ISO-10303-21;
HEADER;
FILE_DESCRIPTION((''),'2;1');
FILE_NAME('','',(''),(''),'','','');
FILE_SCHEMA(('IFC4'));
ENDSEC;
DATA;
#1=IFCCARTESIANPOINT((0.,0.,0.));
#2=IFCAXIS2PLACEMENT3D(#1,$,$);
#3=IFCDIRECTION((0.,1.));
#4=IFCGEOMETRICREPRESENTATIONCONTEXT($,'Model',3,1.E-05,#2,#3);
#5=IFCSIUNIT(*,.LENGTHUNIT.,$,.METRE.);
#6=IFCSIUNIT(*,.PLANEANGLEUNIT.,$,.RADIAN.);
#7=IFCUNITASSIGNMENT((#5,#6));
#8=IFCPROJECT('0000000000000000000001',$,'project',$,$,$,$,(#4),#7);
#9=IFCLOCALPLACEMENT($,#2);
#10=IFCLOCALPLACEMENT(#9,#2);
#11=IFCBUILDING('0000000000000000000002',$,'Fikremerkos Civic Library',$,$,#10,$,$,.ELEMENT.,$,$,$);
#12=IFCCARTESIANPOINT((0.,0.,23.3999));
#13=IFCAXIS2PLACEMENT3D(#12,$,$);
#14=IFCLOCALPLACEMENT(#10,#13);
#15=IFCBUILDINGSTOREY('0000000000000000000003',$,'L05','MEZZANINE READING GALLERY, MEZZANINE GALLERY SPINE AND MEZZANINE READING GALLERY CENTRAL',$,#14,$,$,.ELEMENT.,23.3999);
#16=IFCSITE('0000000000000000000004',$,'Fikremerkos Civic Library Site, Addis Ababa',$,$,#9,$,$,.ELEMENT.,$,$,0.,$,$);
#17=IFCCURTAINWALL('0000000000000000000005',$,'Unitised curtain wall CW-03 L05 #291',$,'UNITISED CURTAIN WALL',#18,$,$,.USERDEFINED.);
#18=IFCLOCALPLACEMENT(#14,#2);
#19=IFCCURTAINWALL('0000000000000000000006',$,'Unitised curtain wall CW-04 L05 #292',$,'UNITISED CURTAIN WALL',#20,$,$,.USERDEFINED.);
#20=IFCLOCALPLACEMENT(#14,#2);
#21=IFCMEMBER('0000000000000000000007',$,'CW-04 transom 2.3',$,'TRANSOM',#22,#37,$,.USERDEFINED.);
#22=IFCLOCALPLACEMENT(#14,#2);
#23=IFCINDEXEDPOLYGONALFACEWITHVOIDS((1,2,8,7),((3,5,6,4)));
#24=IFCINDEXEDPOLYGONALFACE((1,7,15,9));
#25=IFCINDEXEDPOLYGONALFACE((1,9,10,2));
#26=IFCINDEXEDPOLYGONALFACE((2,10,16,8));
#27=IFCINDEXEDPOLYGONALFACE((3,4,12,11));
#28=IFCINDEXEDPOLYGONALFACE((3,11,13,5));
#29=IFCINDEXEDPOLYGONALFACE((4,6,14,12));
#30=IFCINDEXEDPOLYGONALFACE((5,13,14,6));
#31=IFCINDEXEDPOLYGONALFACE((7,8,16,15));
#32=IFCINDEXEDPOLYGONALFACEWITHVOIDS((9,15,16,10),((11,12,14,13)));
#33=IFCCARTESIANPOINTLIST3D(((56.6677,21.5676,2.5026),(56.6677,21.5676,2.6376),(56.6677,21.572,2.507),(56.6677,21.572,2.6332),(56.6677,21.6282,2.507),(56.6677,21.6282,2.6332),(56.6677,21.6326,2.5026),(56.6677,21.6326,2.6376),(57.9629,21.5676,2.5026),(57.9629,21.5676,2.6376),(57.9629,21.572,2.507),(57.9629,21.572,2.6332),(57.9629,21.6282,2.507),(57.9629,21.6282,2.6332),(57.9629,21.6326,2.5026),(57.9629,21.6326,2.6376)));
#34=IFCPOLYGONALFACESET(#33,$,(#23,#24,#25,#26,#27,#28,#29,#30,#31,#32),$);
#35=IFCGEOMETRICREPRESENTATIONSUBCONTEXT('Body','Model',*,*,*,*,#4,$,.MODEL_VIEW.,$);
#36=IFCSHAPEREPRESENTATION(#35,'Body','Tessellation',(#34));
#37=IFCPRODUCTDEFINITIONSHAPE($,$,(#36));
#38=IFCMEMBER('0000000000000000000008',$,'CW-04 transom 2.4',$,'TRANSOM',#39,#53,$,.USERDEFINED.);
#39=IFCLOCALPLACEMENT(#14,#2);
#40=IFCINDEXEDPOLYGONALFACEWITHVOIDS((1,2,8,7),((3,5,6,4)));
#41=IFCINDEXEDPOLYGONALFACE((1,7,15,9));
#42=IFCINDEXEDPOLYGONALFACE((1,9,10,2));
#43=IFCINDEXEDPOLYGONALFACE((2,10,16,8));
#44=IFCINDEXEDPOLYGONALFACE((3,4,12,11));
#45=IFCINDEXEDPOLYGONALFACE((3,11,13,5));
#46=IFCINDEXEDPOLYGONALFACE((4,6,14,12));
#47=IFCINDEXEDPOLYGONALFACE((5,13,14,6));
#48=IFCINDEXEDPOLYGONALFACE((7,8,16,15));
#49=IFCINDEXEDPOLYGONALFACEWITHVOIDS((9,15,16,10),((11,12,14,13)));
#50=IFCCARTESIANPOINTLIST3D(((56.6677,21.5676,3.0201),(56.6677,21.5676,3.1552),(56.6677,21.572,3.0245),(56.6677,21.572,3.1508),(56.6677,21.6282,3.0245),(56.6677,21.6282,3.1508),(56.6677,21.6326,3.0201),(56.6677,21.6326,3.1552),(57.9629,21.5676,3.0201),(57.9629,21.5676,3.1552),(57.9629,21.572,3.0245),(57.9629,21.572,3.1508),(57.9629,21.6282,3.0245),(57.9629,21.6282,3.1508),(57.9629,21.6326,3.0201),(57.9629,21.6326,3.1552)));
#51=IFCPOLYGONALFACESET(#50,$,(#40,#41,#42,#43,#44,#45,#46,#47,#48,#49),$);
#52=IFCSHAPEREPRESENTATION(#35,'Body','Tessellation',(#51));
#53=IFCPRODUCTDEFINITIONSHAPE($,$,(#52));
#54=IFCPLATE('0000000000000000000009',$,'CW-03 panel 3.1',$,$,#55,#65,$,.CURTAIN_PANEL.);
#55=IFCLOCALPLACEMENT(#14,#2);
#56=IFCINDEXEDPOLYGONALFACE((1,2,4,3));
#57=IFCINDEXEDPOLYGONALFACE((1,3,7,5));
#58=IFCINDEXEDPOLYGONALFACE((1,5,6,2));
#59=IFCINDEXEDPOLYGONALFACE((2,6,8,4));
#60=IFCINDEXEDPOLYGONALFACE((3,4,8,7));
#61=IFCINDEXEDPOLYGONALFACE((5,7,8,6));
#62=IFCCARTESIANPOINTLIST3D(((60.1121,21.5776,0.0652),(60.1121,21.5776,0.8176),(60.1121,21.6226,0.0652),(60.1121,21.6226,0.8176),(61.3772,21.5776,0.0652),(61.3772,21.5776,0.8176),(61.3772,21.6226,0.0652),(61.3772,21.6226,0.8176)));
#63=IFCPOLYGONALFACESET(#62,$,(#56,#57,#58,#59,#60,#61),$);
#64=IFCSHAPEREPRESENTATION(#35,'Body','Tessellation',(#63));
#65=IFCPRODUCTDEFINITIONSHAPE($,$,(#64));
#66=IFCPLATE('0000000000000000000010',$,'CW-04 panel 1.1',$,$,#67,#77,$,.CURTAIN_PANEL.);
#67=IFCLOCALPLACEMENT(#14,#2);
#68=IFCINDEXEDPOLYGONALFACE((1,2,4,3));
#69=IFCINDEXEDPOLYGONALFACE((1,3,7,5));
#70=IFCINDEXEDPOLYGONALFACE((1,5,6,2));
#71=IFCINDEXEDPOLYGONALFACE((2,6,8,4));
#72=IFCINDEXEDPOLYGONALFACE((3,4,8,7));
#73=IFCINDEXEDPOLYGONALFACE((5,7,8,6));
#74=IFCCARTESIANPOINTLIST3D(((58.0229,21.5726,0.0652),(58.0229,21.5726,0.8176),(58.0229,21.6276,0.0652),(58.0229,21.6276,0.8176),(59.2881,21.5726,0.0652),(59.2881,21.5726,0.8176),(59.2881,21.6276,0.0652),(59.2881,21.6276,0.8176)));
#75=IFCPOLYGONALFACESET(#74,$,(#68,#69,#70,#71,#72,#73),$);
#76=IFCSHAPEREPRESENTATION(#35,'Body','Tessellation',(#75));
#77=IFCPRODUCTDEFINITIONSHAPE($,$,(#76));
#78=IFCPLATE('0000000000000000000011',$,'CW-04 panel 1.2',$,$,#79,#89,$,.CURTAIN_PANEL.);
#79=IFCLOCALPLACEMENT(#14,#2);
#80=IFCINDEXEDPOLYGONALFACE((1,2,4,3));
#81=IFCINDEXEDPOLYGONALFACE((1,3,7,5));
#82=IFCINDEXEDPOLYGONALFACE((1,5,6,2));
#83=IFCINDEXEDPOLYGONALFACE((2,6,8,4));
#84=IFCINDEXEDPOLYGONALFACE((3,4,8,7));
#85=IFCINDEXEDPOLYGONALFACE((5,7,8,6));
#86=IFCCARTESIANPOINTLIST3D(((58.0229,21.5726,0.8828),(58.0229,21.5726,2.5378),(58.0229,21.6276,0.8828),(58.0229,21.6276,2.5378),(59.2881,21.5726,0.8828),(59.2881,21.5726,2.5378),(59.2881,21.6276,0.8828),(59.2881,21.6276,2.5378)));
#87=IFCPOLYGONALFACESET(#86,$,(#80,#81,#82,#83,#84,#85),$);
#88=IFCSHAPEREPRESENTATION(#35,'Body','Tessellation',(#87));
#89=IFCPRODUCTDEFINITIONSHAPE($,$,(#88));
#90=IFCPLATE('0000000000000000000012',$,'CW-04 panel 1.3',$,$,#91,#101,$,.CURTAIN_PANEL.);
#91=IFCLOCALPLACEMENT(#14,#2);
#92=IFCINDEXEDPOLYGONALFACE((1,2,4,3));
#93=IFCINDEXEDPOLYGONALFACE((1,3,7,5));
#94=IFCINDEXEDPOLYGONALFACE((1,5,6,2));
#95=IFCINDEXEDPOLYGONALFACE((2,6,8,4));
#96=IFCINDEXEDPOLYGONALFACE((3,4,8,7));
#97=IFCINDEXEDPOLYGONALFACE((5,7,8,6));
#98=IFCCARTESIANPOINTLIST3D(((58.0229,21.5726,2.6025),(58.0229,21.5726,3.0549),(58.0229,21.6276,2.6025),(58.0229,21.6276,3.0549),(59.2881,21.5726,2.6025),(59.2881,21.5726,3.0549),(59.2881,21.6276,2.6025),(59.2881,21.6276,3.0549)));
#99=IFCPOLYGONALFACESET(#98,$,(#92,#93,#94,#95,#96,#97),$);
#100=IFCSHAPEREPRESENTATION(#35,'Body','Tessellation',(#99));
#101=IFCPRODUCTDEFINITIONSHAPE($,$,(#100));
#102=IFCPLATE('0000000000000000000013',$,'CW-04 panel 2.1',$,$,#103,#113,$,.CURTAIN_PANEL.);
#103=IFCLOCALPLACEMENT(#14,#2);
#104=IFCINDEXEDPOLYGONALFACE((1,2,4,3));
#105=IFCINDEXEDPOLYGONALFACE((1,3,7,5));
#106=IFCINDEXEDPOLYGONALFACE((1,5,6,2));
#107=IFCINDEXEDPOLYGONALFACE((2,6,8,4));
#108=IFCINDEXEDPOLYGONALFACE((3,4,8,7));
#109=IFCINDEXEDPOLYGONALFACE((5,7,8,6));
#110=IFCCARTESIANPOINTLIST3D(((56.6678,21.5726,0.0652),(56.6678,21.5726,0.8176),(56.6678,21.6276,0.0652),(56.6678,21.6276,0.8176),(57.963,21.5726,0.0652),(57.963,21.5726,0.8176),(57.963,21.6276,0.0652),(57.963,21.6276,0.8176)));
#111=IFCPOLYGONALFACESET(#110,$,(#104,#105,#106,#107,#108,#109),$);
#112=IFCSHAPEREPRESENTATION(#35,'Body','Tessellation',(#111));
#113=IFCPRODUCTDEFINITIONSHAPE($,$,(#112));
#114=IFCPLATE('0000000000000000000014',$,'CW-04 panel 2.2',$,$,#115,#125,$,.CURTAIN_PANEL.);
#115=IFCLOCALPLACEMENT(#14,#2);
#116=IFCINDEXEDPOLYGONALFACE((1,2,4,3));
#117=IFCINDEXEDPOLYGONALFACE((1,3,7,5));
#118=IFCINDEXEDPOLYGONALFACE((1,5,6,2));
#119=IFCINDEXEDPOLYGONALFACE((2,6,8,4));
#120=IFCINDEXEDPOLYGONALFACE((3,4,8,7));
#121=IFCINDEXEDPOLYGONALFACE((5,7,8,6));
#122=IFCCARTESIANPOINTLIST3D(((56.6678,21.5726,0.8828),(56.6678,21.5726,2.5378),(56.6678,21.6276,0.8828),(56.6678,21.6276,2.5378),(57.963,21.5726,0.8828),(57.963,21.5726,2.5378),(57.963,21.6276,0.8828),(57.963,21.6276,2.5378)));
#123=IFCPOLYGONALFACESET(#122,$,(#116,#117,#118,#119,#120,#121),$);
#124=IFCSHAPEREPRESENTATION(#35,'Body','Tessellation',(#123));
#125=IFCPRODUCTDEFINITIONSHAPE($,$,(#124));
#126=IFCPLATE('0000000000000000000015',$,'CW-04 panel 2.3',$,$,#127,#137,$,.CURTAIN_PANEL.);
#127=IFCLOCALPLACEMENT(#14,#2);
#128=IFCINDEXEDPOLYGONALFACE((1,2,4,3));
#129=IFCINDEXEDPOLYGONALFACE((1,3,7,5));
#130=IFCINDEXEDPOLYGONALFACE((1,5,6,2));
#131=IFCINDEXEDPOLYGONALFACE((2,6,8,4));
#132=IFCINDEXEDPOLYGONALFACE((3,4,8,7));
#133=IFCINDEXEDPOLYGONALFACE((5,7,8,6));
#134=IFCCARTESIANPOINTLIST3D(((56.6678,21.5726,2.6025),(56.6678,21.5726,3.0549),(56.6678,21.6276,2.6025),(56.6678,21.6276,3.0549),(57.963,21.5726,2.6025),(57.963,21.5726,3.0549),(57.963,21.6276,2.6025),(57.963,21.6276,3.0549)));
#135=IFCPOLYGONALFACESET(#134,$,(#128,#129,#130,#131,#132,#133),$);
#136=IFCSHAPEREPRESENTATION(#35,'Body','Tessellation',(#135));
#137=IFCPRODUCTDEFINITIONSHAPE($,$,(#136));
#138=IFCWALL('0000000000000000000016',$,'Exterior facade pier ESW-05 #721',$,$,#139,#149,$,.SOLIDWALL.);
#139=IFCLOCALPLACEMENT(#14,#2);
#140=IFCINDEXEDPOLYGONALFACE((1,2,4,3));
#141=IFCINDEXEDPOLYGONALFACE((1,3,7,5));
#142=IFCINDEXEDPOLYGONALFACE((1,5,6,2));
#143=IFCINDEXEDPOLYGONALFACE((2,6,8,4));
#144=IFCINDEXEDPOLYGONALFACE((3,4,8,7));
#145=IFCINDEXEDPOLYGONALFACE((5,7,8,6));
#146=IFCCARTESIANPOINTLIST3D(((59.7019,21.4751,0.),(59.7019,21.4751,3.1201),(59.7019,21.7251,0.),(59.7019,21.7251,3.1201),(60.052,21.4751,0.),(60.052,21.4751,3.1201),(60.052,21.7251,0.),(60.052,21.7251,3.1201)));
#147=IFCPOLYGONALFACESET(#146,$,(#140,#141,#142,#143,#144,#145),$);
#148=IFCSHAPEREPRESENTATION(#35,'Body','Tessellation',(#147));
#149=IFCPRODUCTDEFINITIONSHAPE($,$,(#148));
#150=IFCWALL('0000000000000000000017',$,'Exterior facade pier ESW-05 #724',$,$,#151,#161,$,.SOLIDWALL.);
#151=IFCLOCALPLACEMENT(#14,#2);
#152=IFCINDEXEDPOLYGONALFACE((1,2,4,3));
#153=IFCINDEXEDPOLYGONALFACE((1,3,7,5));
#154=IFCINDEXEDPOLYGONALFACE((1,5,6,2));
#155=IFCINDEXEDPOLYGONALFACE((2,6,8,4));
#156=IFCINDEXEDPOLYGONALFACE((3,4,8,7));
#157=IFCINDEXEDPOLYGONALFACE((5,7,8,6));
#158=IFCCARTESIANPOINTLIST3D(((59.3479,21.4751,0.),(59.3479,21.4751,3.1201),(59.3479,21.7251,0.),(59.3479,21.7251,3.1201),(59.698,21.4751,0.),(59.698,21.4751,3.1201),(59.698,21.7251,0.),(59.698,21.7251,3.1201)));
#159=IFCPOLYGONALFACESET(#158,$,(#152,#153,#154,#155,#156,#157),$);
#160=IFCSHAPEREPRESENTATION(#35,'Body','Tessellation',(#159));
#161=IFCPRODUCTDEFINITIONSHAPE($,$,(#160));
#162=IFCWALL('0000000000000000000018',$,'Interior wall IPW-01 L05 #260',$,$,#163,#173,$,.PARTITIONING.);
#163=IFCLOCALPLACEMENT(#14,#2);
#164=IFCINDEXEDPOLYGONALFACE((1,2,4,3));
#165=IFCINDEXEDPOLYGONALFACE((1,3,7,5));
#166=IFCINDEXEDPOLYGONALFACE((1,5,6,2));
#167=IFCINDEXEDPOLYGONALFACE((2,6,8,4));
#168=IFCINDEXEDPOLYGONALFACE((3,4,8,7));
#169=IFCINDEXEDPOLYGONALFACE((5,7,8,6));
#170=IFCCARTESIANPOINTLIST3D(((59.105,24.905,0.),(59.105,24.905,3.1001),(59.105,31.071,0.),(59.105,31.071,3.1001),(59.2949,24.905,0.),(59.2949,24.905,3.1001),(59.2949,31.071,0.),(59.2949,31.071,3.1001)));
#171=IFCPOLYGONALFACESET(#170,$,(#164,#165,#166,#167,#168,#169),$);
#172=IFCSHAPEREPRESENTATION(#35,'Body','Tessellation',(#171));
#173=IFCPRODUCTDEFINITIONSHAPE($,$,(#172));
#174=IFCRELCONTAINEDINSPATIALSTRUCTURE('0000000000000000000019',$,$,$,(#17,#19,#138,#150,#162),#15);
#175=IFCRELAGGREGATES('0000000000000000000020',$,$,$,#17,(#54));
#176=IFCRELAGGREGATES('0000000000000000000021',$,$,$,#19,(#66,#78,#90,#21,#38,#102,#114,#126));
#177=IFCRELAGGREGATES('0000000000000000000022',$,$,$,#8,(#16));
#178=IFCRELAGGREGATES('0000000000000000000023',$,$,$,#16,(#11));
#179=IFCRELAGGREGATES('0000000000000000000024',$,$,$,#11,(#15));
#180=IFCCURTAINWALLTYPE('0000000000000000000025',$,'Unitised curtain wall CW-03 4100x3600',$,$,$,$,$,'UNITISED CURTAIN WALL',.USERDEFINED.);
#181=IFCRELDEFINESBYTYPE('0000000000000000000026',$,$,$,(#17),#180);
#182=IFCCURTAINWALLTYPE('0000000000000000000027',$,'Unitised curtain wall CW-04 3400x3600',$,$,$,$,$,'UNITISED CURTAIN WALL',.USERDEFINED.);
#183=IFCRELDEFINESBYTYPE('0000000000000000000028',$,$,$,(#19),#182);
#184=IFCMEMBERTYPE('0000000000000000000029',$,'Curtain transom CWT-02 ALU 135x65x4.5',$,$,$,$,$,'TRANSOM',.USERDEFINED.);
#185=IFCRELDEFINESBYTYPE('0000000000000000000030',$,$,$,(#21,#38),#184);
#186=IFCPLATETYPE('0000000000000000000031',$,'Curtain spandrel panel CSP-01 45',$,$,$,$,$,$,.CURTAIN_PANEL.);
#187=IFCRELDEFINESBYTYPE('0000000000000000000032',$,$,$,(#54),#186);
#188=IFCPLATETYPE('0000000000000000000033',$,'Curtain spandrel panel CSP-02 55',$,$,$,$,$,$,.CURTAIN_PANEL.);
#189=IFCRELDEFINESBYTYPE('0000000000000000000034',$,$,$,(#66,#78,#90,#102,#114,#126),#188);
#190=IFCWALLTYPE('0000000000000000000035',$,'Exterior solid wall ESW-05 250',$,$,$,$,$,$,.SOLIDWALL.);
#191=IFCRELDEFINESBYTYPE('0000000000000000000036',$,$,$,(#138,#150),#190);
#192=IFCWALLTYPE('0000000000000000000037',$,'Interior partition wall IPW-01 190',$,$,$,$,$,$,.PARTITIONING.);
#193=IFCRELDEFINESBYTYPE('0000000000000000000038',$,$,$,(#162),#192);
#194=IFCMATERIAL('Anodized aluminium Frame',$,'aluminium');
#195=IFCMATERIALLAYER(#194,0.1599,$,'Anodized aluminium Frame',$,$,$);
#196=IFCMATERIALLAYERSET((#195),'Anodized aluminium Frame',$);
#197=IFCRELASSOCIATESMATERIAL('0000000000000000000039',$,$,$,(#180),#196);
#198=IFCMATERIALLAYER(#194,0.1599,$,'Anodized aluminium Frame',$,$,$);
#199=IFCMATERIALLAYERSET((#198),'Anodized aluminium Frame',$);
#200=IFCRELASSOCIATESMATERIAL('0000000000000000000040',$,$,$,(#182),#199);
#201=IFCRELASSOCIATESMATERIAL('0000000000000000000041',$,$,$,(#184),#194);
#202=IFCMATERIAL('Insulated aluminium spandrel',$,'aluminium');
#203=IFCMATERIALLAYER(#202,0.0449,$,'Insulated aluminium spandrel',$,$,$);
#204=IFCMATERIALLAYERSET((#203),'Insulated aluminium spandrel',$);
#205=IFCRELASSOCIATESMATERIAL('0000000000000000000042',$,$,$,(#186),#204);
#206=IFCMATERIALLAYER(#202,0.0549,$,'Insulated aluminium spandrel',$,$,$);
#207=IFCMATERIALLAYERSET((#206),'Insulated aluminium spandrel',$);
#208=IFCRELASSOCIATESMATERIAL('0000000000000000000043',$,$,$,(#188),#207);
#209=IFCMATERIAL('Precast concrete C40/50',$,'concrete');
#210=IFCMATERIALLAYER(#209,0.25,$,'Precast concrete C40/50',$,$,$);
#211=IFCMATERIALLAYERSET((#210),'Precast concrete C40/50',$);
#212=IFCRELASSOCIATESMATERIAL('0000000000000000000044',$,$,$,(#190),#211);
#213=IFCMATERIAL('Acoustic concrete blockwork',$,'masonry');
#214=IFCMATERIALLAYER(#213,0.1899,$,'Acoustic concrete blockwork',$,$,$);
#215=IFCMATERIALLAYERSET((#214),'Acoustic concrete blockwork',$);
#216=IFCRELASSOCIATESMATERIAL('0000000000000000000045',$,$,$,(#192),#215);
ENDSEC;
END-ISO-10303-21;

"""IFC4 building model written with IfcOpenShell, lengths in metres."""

from ifc_helpers import new_model, si_unit, direction, frame, frame_2d, origin, origin_2d, place, context, subcontext, project, spatial, rectangle, hollow_rectangle, extrude, material, layer, layer_set, material_profile, profile_set, type_object, element, aggregate, save


model = new_model("IFC4")

# Units and contexts
model_context = context("Model", 3, precision=1e-05, world=origin(), true_north=direction((0.0, 1.0)))
body_context = subcontext(model_context, "Body", "Model", "MODEL_VIEW")
ifc_project = project(units=[si_unit("LENGTHUNIT", "METRE"), si_unit("PLANEANGLEUNIT", "RADIAN")], contexts=[model_context])

# Site, building, storey
site_placement = place(None, origin())
site = spatial("IfcSite", under=ifc_project, at=site_placement, Name="Fikremerkos Civic Library Site, Addis Ababa", CompositionType="ELEMENT", RefElevation=0.0)
building_placement = place(site_placement, origin())
building = spatial("IfcBuilding", under=site, at=building_placement, Name="Fikremerkos Civic Library", CompositionType="ELEMENT")
storey_placement = place(building_placement, frame((0.0, 0.0, 23.3999)))
storey = spatial("IfcBuildingStorey", under=building, at=storey_placement, Name="L05", Description="MEZZANINE READING GALLERY, MEZZANINE GALLERY SPINE AND MEZZANINE READING GALLERY CENTRAL", CompositionType="ELEMENT", Elevation=23.3999)

# Curtain wall
ifc_material_1 = material(Name="Anodized aluminium Frame", Category="aluminium")
ifc_layer_1 = layer(ifc_material_1, 0.1599, Name="Anodized aluminium Frame")
ifc_layer_set_1 = layer_set([ifc_layer_1], Name="Anodized aluminium Frame")
curtain_wall_type_1 = type_object("IfcCurtainWallType", Name="Unitised curtain wall CW-03 4100x3600", ElementType="UNITISED CURTAIN WALL", PredefinedType="USERDEFINED", material=ifc_layer_set_1)
curtain_wall_1_placement = place(storey_placement, origin())
curtain_wall_1 = element("IfcCurtainWall", 1, at=curtain_wall_1_placement, inside=storey, type_object=curtain_wall_type_1, Name="Unitised curtain wall CW-03 L05 #291", ObjectType="UNITISED CURTAIN WALL", PredefinedType="USERDEFINED")

# Curtain wall, members
ifc_layer_2 = layer(ifc_material_1, 0.1599, Name="Anodized aluminium Frame")
ifc_layer_set_2 = layer_set([ifc_layer_2], Name="Anodized aluminium Frame")
curtain_wall_type_2 = type_object("IfcCurtainWallType", Name="Unitised curtain wall CW-04 3400x3600", ElementType="UNITISED CURTAIN WALL", PredefinedType="USERDEFINED", material=ifc_layer_set_2)
curtain_wall_2_placement = place(storey_placement, origin())
curtain_wall_2 = element("IfcCurtainWall", 2, at=curtain_wall_2_placement, inside=storey, type_object=curtain_wall_type_2, Name="Unitised curtain wall CW-04 L05 #292", ObjectType="UNITISED CURTAIN WALL", PredefinedType="USERDEFINED")
ifc_material_profile_1 = material_profile(ifc_material_1, hollow_rectangle(XDim=0.0649, YDim=0.135, WallThickness=0.0044, at=origin_2d()), Name="ALU 135x65x4.5")
ifc_profile_set_1 = profile_set([ifc_material_profile_1], Name="Anodized aluminium Frame")
member_type_1 = type_object("IfcMemberType", Name="Curtain transom CWT-02 ALU 135x65x4.5", ElementType="TRANSOM", PredefinedType="USERDEFINED", material=ifc_profile_set_1)
member_1_placement = place(storey_placement, frame((57.9629, 21.6001, 2.5701), z_axis=(-1.0, 0.0, 0.0), x_axis=(0.0, -1.0, 0.0)))
member_1 = element("IfcMember", 3, at=member_1_placement, type_object=member_type_1, Name="CW-04 transom 2.3", ObjectType="TRANSOM", PredefinedType="USERDEFINED", context=body_context, shape_type="SweptSolid", body=[
    extrude(hollow_rectangle(XDim=0.0649, YDim=0.135, WallThickness=0.0044, at=origin_2d()), origin(), (0.0, 0.0, 1.0), 1.2952),
])
member_2_placement = place(storey_placement, frame((57.9629, 21.6001, 3.0876), z_axis=(-1.0, 0.0, 0.0), x_axis=(0.0, -1.0, 0.0)))
member_2 = element("IfcMember", 4, at=member_2_placement, type_object=member_type_1, Name="CW-04 transom 2.4", ObjectType="TRANSOM", PredefinedType="USERDEFINED", context=body_context, shape_type="SweptSolid", body=[
    extrude(hollow_rectangle(XDim=0.0649, YDim=0.135, WallThickness=0.0044, at=origin_2d()), origin(), (0.0, 0.0, 1.0), 1.2952),
])

# Plates
ifc_material_2 = material(Name="Insulated aluminium spandrel", Category="aluminium")
ifc_layer_3 = layer(ifc_material_2, 0.0449, Name="Insulated aluminium spandrel")
ifc_layer_set_3 = layer_set([ifc_layer_3], Name="Insulated aluminium spandrel")
plate_type_1 = type_object("IfcPlateType", Name="Curtain spandrel panel CSP-01 45", PredefinedType="CURTAIN_PANEL", material=ifc_layer_set_3)
plate_1_placement = place(storey_placement, frame((60.7446, 21.6001, 0.0652), z_axis=(0.0, 0.0, 1.0), x_axis=(-1.0, 0.0, 0.0)))
plate_1 = element("IfcPlate", 5, at=plate_1_placement, type_object=plate_type_1, Name="CW-03 panel 3.1", PredefinedType="CURTAIN_PANEL", context=body_context, shape_type="SweptSolid", body=[
    extrude(rectangle(XDim=1.2651, YDim=0.0449, at=origin_2d()), origin(), (0.0, 0.0, 1.0), 0.7524),
])
aggregate(curtain_wall_1, [plate_1])
ifc_layer_4 = layer(ifc_material_2, 0.0549, Name="Insulated aluminium spandrel")
ifc_layer_set_4 = layer_set([ifc_layer_4], Name="Insulated aluminium spandrel")
plate_type_2 = type_object("IfcPlateType", Name="Curtain spandrel panel CSP-02 55", PredefinedType="CURTAIN_PANEL", material=ifc_layer_set_4)
plate_2_placement = place(storey_placement, frame((58.6555, 21.6001, 0.0652), z_axis=(0.0, 0.0, 1.0), x_axis=(-1.0, 0.0, 0.0)))
plate_2 = element("IfcPlate", 6, at=plate_2_placement, type_object=plate_type_2, Name="CW-04 panel 1.1", PredefinedType="CURTAIN_PANEL", context=body_context, shape_type="SweptSolid", body=[
    extrude(rectangle(XDim=1.2651, YDim=0.0549, at=origin_2d()), origin(), (0.0, 0.0, 1.0), 0.7524),
])
plate_3_placement = place(storey_placement, frame((58.6555, 21.6001, 0.8828), z_axis=(0.0, 0.0, 1.0), x_axis=(-1.0, 0.0, 0.0)))
plate_3 = element("IfcPlate", 7, at=plate_3_placement, type_object=plate_type_2, Name="CW-04 panel 1.2", PredefinedType="CURTAIN_PANEL", context=body_context, shape_type="SweptSolid", body=[
    extrude(rectangle(XDim=1.2651, YDim=0.0549, at=origin_2d()), origin(), (0.0, 0.0, 1.0), 1.655),
])
plate_4_placement = place(storey_placement, frame((58.6555, 21.6001, 2.6025), z_axis=(0.0, 0.0, 1.0), x_axis=(-1.0, 0.0, 0.0)))
plate_4 = element("IfcPlate", 8, at=plate_4_placement, type_object=plate_type_2, Name="CW-04 panel 1.3", PredefinedType="CURTAIN_PANEL", context=body_context, shape_type="SweptSolid", body=[
    extrude(rectangle(XDim=1.2651, YDim=0.0549, at=origin_2d()), origin(), (0.0, 0.0, 1.0), 0.4524),
])
plate_5_placement = place(storey_placement, frame((57.3154, 21.6001, 0.0652), z_axis=(0.0, 0.0, 1.0), x_axis=(-1.0, 0.0, 0.0)))
plate_5 = element("IfcPlate", 9, at=plate_5_placement, type_object=plate_type_2, Name="CW-04 panel 2.1", PredefinedType="CURTAIN_PANEL", context=body_context, shape_type="SweptSolid", body=[
    extrude(rectangle(XDim=1.2952, YDim=0.0549, at=origin_2d()), origin(), (0.0, 0.0, 1.0), 0.7524),
])
plate_6_placement = place(storey_placement, frame((57.3154, 21.6001, 0.8828), z_axis=(0.0, 0.0, 1.0), x_axis=(-1.0, 0.0, 0.0)))
plate_6 = element("IfcPlate", 10, at=plate_6_placement, type_object=plate_type_2, Name="CW-04 panel 2.2", PredefinedType="CURTAIN_PANEL", context=body_context, shape_type="SweptSolid", body=[
    extrude(rectangle(XDim=1.2952, YDim=0.0549, at=origin_2d()), origin(), (0.0, 0.0, 1.0), 1.655),
])
plate_7_placement = place(storey_placement, frame((57.3154, 21.6001, 2.6025), z_axis=(0.0, 0.0, 1.0), x_axis=(-1.0, 0.0, 0.0)))
plate_7 = element("IfcPlate", 11, at=plate_7_placement, type_object=plate_type_2, Name="CW-04 panel 2.3", PredefinedType="CURTAIN_PANEL", context=body_context, shape_type="SweptSolid", body=[
    extrude(rectangle(XDim=1.2952, YDim=0.0549, at=origin_2d()), origin(), (0.0, 0.0, 1.0), 0.4524),
])
aggregate(curtain_wall_2, [plate_2, plate_3, plate_4, member_1, member_2, plate_5, plate_6, plate_7])

# Walls
ifc_material_3 = material(Name="Precast concrete C40/50", Category="concrete")
ifc_layer_5 = layer(ifc_material_3, 0.25, Name="Precast concrete C40/50")
ifc_layer_set_5 = layer_set([ifc_layer_5], Name="Precast concrete C40/50")
wall_type_1 = type_object("IfcWallType", Name="Exterior solid wall ESW-05 250", PredefinedType="SOLIDWALL", material=ifc_layer_set_5)
for number, where, z_axis, x_axis, name in (
    (12, (60.052, 21.6001, 0.0), (0.0, 0.0, 1.0), (-1.0, 0.0, 0.0), "Exterior facade pier ESW-05 #721"),
    (13, (59.698, 21.6001, 0.0), (0.0, 0.0, 1.0), (-1.0, 0.0, 0.0), "Exterior facade pier ESW-05 #724"),
):
    element("IfcWall", number, at=place(storey_placement, frame(where, z_axis=z_axis, x_axis=x_axis)), inside=storey, type_object=wall_type_1, Name=name, PredefinedType="SOLIDWALL", context=body_context, shape_type="SweptSolid", body=[
        extrude(rectangle(XDim=0.3501, YDim=0.25, at=frame_2d((0.175, 0.0))), origin(), (0.0, 0.0, 1.0), 3.1201),
    ])
ifc_material_4 = material(Name="Acoustic concrete blockwork", Category="masonry")
ifc_layer_6 = layer(ifc_material_4, 0.1899, Name="Acoustic concrete blockwork")
ifc_layer_set_6 = layer_set([ifc_layer_6], Name="Acoustic concrete blockwork")
wall_type_2 = type_object("IfcWallType", Name="Interior partition wall IPW-01 190", PredefinedType="PARTITIONING", material=ifc_layer_set_6)
wall_1_placement = place(storey_placement, frame((59.2, 24.905, 0.0), z_axis=(0.0, 0.0, 1.0), x_axis=(0.0, 1.0, 0.0)))
element("IfcWall", 14, at=wall_1_placement, inside=storey, type_object=wall_type_2, Name="Interior wall IPW-01 L05 #260", PredefinedType="PARTITIONING", context=body_context, shape_type="SweptSolid", body=[
    extrude(rectangle(XDim=6.166, YDim=0.1899, at=frame_2d((3.083, 0.0))), origin(), (0.0, 0.0, 1.0), 3.1001),
])

save(model, "model.ifc")
